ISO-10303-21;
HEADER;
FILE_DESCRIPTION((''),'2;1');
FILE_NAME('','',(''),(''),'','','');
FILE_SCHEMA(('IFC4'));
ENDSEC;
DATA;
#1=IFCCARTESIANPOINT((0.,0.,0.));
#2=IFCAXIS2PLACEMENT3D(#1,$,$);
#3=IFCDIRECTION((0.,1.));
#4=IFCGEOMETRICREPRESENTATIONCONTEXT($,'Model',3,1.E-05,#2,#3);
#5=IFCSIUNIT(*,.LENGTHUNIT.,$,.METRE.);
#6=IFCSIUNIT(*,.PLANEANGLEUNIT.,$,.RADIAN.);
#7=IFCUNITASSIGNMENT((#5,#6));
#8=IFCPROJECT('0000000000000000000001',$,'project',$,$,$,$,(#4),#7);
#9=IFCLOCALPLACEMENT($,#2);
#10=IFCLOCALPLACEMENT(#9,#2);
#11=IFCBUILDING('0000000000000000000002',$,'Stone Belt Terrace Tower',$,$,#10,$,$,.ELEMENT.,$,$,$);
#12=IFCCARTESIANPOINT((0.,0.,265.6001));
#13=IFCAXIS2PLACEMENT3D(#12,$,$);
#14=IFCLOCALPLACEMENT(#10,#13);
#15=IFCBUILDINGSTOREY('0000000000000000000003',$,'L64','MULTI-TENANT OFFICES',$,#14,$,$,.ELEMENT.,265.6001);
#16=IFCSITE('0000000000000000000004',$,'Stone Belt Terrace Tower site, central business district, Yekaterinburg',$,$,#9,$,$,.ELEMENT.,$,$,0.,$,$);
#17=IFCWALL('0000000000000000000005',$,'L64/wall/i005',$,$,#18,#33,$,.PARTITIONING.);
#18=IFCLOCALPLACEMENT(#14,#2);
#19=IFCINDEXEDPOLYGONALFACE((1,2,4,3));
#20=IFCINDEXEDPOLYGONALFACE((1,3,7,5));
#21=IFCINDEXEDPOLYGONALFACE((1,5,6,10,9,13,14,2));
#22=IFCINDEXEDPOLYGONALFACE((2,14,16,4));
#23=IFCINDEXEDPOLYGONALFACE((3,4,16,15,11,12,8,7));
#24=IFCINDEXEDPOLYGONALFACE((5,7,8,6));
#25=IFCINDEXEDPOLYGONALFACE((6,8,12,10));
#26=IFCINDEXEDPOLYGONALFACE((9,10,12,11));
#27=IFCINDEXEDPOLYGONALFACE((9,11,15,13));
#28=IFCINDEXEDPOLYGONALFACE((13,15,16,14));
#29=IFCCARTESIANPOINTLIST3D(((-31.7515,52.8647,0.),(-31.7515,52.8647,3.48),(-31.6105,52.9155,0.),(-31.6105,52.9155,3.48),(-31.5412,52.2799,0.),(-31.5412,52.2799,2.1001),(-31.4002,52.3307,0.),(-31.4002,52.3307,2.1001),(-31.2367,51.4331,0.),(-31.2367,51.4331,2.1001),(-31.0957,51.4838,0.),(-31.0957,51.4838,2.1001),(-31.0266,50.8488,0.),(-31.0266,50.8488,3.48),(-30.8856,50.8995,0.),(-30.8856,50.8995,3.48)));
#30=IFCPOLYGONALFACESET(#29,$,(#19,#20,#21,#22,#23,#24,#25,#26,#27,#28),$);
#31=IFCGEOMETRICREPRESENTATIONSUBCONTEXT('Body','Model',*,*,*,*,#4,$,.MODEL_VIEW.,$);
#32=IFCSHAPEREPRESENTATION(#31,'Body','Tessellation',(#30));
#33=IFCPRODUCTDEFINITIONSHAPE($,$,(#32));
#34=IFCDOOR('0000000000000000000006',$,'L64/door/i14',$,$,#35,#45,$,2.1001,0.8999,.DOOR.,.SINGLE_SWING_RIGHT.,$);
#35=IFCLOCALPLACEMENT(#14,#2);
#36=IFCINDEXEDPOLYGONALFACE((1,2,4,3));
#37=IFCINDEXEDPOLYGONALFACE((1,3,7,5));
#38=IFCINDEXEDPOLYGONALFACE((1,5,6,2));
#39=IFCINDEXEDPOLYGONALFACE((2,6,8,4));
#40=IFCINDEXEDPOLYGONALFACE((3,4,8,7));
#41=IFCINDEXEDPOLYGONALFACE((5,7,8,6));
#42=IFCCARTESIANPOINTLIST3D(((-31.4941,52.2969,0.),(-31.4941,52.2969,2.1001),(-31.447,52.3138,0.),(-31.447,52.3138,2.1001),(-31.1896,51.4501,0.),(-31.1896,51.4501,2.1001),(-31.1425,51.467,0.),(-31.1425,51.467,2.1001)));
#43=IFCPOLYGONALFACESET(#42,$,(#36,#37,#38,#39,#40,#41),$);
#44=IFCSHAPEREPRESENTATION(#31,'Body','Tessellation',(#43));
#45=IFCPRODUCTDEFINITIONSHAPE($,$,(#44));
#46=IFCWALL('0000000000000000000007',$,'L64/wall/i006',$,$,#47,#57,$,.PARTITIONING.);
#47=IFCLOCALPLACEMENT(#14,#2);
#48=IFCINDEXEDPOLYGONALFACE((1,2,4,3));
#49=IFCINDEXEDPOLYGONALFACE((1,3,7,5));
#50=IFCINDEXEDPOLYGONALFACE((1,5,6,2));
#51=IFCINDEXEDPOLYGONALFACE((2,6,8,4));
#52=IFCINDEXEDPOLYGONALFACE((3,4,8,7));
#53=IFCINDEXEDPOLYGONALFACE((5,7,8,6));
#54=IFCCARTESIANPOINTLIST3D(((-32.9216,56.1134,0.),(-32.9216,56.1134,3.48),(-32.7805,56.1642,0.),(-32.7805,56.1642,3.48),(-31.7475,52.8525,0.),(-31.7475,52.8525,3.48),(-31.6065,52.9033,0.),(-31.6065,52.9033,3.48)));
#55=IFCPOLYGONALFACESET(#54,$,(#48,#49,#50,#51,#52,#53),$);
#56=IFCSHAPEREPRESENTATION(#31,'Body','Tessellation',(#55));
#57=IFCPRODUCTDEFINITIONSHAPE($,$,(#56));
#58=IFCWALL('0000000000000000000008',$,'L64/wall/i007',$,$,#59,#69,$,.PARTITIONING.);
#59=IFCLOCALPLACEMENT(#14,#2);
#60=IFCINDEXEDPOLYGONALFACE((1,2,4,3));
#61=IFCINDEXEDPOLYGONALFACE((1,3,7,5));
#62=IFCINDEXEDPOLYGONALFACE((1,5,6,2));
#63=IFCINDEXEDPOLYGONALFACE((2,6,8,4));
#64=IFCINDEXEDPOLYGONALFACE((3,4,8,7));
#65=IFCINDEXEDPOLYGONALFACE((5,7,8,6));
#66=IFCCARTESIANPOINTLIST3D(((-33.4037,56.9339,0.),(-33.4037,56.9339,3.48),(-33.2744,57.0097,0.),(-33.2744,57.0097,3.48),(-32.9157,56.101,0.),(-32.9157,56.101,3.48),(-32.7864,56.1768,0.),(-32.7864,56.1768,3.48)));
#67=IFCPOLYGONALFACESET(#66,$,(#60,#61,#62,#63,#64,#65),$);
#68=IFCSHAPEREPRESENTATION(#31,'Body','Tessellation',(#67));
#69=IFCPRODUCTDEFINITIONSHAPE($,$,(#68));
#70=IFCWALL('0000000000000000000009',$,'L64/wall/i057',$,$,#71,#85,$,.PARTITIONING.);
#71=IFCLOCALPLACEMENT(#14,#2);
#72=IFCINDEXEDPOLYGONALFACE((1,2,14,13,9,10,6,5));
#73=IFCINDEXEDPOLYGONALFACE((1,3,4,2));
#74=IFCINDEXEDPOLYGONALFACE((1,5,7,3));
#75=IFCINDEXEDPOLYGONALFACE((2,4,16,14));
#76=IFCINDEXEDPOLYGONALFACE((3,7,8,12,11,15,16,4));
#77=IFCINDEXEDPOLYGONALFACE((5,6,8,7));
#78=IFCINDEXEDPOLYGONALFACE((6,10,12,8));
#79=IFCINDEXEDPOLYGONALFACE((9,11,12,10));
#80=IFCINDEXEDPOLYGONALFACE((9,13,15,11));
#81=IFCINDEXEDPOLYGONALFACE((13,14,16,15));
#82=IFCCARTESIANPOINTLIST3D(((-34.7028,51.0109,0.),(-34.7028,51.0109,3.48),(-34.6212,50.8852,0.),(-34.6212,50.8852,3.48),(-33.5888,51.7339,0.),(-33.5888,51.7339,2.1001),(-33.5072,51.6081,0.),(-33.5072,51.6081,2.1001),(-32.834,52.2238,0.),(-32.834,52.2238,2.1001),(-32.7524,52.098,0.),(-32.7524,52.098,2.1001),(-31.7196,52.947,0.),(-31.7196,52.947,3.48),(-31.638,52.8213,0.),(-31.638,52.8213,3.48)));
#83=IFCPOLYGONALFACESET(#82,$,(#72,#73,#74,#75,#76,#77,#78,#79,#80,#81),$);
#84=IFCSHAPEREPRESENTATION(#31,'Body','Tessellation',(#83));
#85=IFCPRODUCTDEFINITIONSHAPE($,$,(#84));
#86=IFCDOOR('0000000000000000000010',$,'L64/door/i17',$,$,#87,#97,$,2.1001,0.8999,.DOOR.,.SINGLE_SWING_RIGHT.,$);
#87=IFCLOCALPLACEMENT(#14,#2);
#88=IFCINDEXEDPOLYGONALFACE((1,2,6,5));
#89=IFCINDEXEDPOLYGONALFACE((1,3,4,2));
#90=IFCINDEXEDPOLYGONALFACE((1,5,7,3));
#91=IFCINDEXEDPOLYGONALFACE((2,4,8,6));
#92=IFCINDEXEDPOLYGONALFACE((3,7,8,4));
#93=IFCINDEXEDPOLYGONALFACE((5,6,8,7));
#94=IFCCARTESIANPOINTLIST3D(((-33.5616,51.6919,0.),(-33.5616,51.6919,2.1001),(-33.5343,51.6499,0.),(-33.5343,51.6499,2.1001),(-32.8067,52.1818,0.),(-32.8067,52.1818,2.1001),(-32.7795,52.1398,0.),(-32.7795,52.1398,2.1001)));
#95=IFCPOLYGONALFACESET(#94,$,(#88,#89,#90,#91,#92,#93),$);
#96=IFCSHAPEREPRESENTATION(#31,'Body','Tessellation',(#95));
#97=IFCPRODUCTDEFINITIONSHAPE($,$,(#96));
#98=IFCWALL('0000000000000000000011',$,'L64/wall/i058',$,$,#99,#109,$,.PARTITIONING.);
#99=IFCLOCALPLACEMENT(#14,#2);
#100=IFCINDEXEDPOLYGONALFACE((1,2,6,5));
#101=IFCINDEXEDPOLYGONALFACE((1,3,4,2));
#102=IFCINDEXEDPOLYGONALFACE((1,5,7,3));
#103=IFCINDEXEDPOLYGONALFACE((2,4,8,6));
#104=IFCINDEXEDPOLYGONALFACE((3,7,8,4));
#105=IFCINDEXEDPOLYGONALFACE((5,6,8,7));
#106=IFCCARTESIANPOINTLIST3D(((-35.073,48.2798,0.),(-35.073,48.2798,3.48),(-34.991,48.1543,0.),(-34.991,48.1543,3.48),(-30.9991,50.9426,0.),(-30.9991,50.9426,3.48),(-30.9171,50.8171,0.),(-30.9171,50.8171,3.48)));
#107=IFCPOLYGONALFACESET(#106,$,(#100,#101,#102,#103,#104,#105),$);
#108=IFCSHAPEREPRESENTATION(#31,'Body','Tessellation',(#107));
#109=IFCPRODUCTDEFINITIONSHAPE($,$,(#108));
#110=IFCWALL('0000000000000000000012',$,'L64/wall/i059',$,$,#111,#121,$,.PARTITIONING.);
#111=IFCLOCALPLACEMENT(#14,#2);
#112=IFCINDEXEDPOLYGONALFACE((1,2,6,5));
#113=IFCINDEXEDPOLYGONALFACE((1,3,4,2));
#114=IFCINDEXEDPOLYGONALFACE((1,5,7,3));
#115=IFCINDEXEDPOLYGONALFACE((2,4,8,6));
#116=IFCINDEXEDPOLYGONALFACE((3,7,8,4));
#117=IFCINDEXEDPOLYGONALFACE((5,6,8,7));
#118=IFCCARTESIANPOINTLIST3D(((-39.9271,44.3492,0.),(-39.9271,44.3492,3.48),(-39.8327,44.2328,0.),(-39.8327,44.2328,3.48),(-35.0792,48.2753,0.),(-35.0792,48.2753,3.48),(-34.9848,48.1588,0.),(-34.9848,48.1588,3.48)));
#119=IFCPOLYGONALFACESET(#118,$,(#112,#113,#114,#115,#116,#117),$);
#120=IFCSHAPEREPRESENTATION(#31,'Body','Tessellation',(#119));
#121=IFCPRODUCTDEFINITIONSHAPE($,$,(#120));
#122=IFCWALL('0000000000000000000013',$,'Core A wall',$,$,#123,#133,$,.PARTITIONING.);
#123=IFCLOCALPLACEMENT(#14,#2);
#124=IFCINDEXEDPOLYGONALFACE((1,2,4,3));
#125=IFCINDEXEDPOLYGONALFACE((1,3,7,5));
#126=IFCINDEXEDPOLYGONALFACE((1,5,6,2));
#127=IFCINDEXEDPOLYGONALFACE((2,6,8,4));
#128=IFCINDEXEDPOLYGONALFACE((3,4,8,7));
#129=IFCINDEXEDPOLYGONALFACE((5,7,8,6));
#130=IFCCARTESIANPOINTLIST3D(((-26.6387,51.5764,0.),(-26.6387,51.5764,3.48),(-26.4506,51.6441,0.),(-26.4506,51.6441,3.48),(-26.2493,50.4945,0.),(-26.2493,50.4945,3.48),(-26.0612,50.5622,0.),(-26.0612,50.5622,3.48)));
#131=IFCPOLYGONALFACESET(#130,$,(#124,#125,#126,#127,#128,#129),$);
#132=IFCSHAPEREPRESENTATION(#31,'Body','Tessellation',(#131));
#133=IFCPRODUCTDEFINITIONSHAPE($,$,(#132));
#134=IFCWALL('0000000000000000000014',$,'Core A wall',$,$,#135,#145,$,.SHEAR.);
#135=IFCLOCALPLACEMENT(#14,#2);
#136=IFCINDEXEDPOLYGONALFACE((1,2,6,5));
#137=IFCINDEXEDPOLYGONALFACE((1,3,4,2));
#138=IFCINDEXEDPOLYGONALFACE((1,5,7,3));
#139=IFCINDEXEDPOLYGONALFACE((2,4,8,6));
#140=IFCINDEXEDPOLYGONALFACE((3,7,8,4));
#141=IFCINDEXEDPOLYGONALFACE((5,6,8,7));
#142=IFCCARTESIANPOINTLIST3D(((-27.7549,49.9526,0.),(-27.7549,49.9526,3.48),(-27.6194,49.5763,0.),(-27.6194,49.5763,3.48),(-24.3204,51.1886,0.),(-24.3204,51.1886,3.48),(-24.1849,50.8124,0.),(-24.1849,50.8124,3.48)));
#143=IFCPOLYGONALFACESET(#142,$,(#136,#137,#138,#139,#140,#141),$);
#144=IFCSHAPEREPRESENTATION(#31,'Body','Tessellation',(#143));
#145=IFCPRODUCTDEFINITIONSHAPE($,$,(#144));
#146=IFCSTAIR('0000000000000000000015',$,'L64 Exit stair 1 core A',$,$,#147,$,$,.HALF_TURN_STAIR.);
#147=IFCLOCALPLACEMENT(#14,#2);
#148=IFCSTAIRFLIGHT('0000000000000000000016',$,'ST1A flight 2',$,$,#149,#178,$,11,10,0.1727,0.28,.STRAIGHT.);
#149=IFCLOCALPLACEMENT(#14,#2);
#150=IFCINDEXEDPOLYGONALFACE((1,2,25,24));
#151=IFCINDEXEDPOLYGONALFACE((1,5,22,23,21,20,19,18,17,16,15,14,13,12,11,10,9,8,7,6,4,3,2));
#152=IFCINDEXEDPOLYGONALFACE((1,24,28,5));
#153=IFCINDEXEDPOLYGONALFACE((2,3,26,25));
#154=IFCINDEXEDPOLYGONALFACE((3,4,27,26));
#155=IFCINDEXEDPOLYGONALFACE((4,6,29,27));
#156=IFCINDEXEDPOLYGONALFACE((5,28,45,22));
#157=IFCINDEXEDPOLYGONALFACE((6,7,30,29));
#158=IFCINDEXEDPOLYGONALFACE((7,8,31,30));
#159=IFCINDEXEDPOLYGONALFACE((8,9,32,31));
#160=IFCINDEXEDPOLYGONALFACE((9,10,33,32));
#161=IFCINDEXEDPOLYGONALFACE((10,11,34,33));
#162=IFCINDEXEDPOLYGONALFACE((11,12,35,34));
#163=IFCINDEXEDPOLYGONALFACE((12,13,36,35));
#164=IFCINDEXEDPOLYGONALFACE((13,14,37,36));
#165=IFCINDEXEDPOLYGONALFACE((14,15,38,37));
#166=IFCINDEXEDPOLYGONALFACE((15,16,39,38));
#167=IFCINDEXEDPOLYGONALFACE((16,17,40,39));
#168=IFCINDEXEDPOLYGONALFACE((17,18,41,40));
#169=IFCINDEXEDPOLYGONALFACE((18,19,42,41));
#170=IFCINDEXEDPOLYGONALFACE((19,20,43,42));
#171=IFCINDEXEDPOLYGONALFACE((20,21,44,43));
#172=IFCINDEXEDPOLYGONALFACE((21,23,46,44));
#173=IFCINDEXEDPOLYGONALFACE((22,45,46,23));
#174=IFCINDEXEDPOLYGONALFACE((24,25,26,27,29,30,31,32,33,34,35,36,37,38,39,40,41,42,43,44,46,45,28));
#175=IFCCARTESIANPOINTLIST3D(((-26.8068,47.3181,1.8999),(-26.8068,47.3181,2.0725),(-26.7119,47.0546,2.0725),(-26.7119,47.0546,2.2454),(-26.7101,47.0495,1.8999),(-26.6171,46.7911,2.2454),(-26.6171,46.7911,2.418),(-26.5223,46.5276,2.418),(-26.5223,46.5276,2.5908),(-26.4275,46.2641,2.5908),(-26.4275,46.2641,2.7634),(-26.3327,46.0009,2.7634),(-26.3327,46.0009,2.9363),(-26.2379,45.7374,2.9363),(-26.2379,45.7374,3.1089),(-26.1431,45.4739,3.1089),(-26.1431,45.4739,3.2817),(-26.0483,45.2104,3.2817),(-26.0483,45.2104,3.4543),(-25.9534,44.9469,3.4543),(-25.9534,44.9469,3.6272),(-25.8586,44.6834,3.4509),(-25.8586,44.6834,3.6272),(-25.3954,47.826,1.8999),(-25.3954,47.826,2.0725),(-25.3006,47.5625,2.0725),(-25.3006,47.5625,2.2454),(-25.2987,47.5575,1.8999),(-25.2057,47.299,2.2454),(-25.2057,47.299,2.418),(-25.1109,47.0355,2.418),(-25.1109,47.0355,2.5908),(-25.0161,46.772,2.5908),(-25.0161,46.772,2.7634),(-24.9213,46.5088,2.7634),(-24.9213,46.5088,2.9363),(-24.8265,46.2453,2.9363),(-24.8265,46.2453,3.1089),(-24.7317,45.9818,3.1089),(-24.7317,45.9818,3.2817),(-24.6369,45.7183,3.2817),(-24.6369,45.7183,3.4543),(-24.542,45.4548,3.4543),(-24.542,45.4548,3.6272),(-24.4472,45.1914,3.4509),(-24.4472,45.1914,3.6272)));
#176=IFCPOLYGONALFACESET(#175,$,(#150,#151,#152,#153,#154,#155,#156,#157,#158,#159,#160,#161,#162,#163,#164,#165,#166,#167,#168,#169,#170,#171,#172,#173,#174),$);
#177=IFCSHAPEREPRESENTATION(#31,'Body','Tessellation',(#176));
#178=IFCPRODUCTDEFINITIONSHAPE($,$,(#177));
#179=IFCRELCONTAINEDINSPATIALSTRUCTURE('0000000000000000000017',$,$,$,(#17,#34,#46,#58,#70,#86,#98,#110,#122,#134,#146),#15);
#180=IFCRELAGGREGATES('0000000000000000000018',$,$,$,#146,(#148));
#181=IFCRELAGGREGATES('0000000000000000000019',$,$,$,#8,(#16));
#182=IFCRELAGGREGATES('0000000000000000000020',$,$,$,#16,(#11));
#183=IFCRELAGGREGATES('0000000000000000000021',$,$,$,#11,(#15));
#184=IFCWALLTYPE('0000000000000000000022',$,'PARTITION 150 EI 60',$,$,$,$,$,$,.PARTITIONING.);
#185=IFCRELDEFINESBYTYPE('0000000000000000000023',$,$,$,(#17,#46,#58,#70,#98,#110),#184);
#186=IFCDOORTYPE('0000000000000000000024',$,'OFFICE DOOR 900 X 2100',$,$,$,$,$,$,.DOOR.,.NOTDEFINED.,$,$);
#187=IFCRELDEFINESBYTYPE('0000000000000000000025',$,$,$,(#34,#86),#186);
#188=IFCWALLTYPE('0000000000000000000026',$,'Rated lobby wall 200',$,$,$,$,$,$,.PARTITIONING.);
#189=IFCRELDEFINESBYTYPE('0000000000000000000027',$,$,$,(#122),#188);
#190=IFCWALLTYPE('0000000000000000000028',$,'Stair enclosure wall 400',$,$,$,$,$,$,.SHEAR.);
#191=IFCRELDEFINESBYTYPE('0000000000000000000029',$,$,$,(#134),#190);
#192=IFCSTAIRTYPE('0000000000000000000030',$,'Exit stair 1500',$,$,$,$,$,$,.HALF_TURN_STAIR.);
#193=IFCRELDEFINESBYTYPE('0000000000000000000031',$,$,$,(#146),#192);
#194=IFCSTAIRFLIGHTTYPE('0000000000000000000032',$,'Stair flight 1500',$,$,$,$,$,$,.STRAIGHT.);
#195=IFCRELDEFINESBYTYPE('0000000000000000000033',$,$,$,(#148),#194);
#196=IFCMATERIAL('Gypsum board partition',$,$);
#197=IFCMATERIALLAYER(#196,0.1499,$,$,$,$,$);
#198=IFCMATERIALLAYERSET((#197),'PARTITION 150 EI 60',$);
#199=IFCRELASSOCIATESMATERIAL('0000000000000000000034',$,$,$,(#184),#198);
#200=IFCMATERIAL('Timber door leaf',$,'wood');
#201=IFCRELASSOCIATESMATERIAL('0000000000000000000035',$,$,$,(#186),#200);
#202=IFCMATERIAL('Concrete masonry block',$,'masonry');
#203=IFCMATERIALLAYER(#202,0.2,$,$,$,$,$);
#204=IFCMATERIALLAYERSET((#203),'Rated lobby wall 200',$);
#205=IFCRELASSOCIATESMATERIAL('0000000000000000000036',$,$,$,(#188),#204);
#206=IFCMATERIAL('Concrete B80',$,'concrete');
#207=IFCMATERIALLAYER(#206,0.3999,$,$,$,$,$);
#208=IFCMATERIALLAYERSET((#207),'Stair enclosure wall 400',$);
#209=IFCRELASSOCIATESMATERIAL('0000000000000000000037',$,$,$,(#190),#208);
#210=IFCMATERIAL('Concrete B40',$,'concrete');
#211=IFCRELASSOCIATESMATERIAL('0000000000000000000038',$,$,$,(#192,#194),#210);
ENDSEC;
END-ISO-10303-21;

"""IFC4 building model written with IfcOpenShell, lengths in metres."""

from ifc_helpers import new_model, si_unit, direction, frame, frame_2d, origin, place, context, subcontext, project, spatial, polyline, rectangle, outline, extrude, material, layer, layer_set, type_object, element, fill, aggregate, save


model = new_model("IFC4")

# Units and contexts
model_context = context("Model", 3, precision=1e-05, world=origin(), true_north=direction((0.0, 1.0)))
body_context = subcontext(model_context, "Body", "Model", "MODEL_VIEW")
ifc_project = project(units=[si_unit("LENGTHUNIT", "METRE"), si_unit("PLANEANGLEUNIT", "RADIAN")], contexts=[model_context])

# Site, building, storey
site_placement = place(None, origin())
site = spatial("IfcSite", under=ifc_project, at=site_placement, Name="Stone Belt Terrace Tower site, central business district, Yekaterinburg", CompositionType="ELEMENT", RefElevation=0.0)
building_placement = place(site_placement, origin())
building = spatial("IfcBuilding", under=site, at=building_placement, Name="Stone Belt Terrace Tower", CompositionType="ELEMENT")
storey_placement = place(building_placement, frame((0.0, 0.0, 265.6001)))
storey = spatial("IfcBuildingStorey", under=building, at=storey_placement, Name="L64", Description="MULTI-TENANT OFFICES", CompositionType="ELEMENT", Elevation=265.6001)

# Wall, opening, door
ifc_material_1 = material(Name="Concrete B80", Category="concrete")
ifc_material_2 = material(Name="Gypsum board partition")
ifc_layer_1 = layer(ifc_material_2, 0.1499)
ifc_layer_set_1 = layer_set([ifc_layer_1], Name="PARTITION 150 EI 60")
wall_type_1 = type_object("IfcWallType", Name="PARTITION 150 EI 60", PredefinedType="PARTITIONING", material=ifc_layer_set_1)
ifc_material_3 = material(Name="Timber door leaf", Category="wood")
door_type_1 = type_object("IfcDoorType", Name="OFFICE DOOR 900 X 2100", OperationType="NOTDEFINED", PredefinedType="DOOR", material=ifc_material_3)
wall_1_placement = place(storey_placement, frame((-30.9561, 50.874, 0.0), z_axis=(0.0, 0.0, 1.0), x_axis=(-0.338364, 0.941015, 0.0)))
wall_1 = element("IfcWall", 1, at=wall_1_placement, inside=storey, type_object=wall_type_1, Name="L64/wall/i005", PredefinedType="PARTITIONING", context=body_context, shape_type="SweptSolid", body=[
    extrude(rectangle(XDim=2.1423, YDim=0.1499, at=frame_2d((1.0713, 0.0))), origin(), (0.0, 0.0, 1.0), 3.48),
])
opening_1_placement = place(wall_1_placement, frame((0.6211, 0.0, 0.0)))
opening_1 = element("IfcOpeningElement", 2, at=opening_1_placement, cuts=wall_1, PredefinedType="OPENING", context=body_context, shape_type="SweptSolid", body=[
    extrude(rectangle(XDim=0.8999, YDim=2.1001, at=frame_2d((0.45, 1.05))), frame((0.0, 0.085, 0.0), z_axis=(0.0, -1.0, 0.0), x_axis=(1.0, 0.0, 0.0)), (0.0, 0.0, 1.0), 0.1699),
])
door_1_placement = place(opening_1_placement, origin())
door_1 = element("IfcDoor", 3, at=door_1_placement, inside=storey, type_object=door_type_1, Name="L64/door/i14", OperationType="SINGLE_SWING_RIGHT", OverallHeight=2.1001, OverallWidth=0.8999, PredefinedType="DOOR", context=body_context, shape_type="SweptSolid", body=[
    extrude(rectangle(XDim=0.8999, YDim=2.1001, at=frame_2d((0.45, 1.05))), frame((0.0, 0.0249, 0.0), z_axis=(0.0, -1.0, 0.0), x_axis=(1.0, 0.0, 0.0)), (0.0, 0.0, 1.0), 0.05),
])
fill(opening_1, door_1)

# Walls
wall_2_placement = place(storey_placement, frame((-31.677, 52.8779, 0.0), z_axis=(0.0, 0.0, 1.0), x_axis=(-0.338749, 0.940877, 0.0)))
element("IfcWall", 4, at=wall_2_placement, inside=storey, type_object=wall_type_1, Name="L64/wall/i006", PredefinedType="PARTITIONING", context=body_context, shape_type="SweptSolid", body=[
    extrude(rectangle(XDim=3.4658, YDim=0.1499, at=frame_2d((1.7329, 0.0))), origin(), (0.0, 0.0, 1.0), 3.48),
])
wall_3_placement = place(storey_placement, frame((-32.8511, 56.1389, 0.0), z_axis=(0.0, 0.0, 1.0), x_axis=(-0.505505, 0.862823, 0.0)))
element("IfcWall", 5, at=wall_3_placement, inside=storey, type_object=wall_type_1, Name="L64/wall/i007", PredefinedType="PARTITIONING", context=body_context, shape_type="SweptSolid", body=[
    extrude(rectangle(XDim=0.9653, YDim=0.1499, at=frame_2d((0.4827, 0.0))), origin(), (0.0, 0.0, 1.0), 3.48),
])

# Wall, opening, door
wall_4_placement = place(storey_placement, frame((-34.6621, 50.948, 0.0), z_axis=(0.0, 0.0, 1.0), x_axis=(0.838831, 0.544392, 0.0)))
wall_4 = element("IfcWall", 6, at=wall_4_placement, inside=storey, type_object=wall_type_1, Name="L64/wall/i057", PredefinedType="PARTITIONING", context=body_context, shape_type="SweptSolid", body=[
    extrude(rectangle(XDim=3.5564, YDim=0.1499, at=frame_2d((1.7783, 0.0))), origin(), (0.0, 0.0, 1.0), 3.48),
])
opening_2_placement = place(wall_4_placement, frame((1.3281, 0.0, 0.0)))
opening_2 = element("IfcOpeningElement", 7, at=opening_2_placement, cuts=wall_4, PredefinedType="OPENING", context=body_context, shape_type="SweptSolid", body=[
    extrude(rectangle(XDim=0.8999, YDim=2.1001, at=frame_2d((0.45, 1.05))), frame((0.0, 0.085, 0.0), z_axis=(0.0, -1.0, 0.0), x_axis=(1.0, 0.0, 0.0)), (0.0, 0.0, 1.0), 0.1699),
])
door_2_placement = place(opening_2_placement, origin())
door_2 = element("IfcDoor", 8, at=door_2_placement, inside=storey, type_object=door_type_1, Name="L64/door/i17", OperationType="SINGLE_SWING_RIGHT", OverallHeight=2.1001, OverallWidth=0.8999, PredefinedType="DOOR", context=body_context, shape_type="SweptSolid", body=[
    extrude(rectangle(XDim=0.8999, YDim=2.1001, at=frame_2d((0.45, 1.05))), frame((0.0, 0.0249, 0.0), z_axis=(0.0, -1.0, 0.0), x_axis=(1.0, 0.0, 0.0)), (0.0, 0.0, 1.0), 0.05),
])
fill(opening_2, door_2)

# Walls
wall_5_placement = place(storey_placement, frame((-30.958, 50.8799, 0.0), z_axis=(0.0, 0.0, 1.0), x_axis=(-0.837055, -0.547118, 0.0)))
element("IfcWall", 9, at=wall_5_placement, inside=storey, type_object=wall_type_1, Name="L64/wall/i058", PredefinedType="PARTITIONING", context=body_context, shape_type="SweptSolid", body=[
    extrude(rectangle(XDim=4.8669, YDim=0.1499, at=frame_2d((2.4336, 0.0))), origin(), (0.0, 0.0, 1.0), 3.48),
])
wall_6_placement = place(storey_placement, frame((-35.032, 48.217, 0.0), z_axis=(0.0, 0.0, 1.0), x_axis=(-0.777125, -0.629347, 0.0)))
element("IfcWall", 10, at=wall_6_placement, inside=storey, type_object=wall_type_1, Name="L64/wall/i059", PredefinedType="PARTITIONING", context=body_context, shape_type="SweptSolid", body=[
    extrude(rectangle(XDim=6.2383, YDim=0.1499, at=frame_2d((3.1191, 0.0))), origin(), (0.0, 0.0, 1.0), 3.48),
])
ifc_material_4 = material(Name="Concrete masonry block", Category="masonry")
ifc_layer_2 = layer(ifc_material_4, 0.2)
ifc_layer_set_2 = layer_set([ifc_layer_2], Name="Rated lobby wall 200")
wall_type_2 = type_object("IfcWallType", Name="Rated lobby wall 200", PredefinedType="PARTITIONING", material=ifc_layer_set_2)
wall_7_placement = place(storey_placement, frame((-26.1553, 50.5283, 0.0), z_axis=(0.0, 0.0, 1.0), x_axis=(-0.338622, 0.940923, 0.0)))
element("IfcWall", 11, at=wall_7_placement, inside=storey, type_object=wall_type_2, Name="Core A wall", PredefinedType="PARTITIONING", context=body_context, shape_type="SweptSolid", body=[
    extrude(rectangle(XDim=1.1499, YDim=0.2, at=frame_2d((0.575, 0.0))), origin(), (0.0, 0.0, 1.0), 3.48),
])
ifc_layer_3 = layer(ifc_material_1, 0.3999)
ifc_layer_set_3 = layer_set([ifc_layer_3], Name="Stair enclosure wall 400")
wall_type_3 = type_object("IfcWallType", Name="Stair enclosure wall 400", PredefinedType="SHEAR", material=ifc_layer_set_3)
wall_8_placement = place(storey_placement, frame((-27.6873, 49.7644, 0.0), z_axis=(0.0, 0.0, 1.0), x_axis=(0.940919, 0.338632, 0.0)))
element("IfcWall", 12, at=wall_8_placement, inside=storey, type_object=wall_type_3, Name="Core A wall", PredefinedType="SHEAR", context=body_context, shape_type="SweptSolid", body=[
    extrude(rectangle(XDim=3.6501, YDim=0.3999, at=frame_2d((1.8252, 0.0))), origin(), (0.0, 0.0, 1.0), 3.48),
])

# Stair, stair flight
ifc_material_5 = material(Name="Concrete B40", Category="concrete")
stair_type = type_object("IfcStairType", Name="Exit stair 1500", PredefinedType="HALF_TURN_STAIR", material=ifc_material_5)
stair_placement = place(storey_placement, origin())
stair = element("IfcStair", 13, at=stair_placement, inside=storey, type_object=stair_type, Name="L64 Exit stair 1 core A", PredefinedType="HALF_TURN_STAIR")
stair_flight_type = type_object("IfcStairFlightType", Name="Stair flight 1500", PredefinedType="STRAIGHT", material=ifc_material_5)
stair_flight_placement = place(storey_placement, frame((-26.1011, 47.572, 1.8999), z_axis=(0.0, 0.0, 1.0), x_axis=(0.338624, -0.940922, 0.0)))
stair_flight = element("IfcStairFlight", 14, at=stair_flight_placement, type_object=stair_flight_type, Name="ST1A flight 2", NumberOfRisers=11, NumberOfTreads=10, PredefinedType="STRAIGHT", RiserHeight=0.1727, TreadLength=0.28, context=body_context, shape_type="SweptSolid", body=[
    extrude(outline(polyline([(0.0, 0.0), (0.0, 0.1726), (0.28, 0.1726), (0.28, 0.3455), (0.5601, 0.3455), (0.5601, 0.5181), (0.8401, 0.5181), (0.8401, 0.6909), (1.1201, 0.6909), (1.1201, 0.8635), (1.3999, 0.8635), (1.3999, 1.0364), (1.6799, 1.0364), (1.6799, 1.209), (1.96, 1.209), (1.96, 1.3818), (2.24, 1.3818), (2.24, 1.5544), (2.52, 1.5544), (2.52, 1.7273), (2.8, 1.7273), (2.8, 1.8999), (2.8, 1.551), (0.2854, 0.0), (0.0, 0.0)])), frame((0.0, 0.75, 0.0), z_axis=(0.0, -1.0, 0.0), x_axis=(1.0, 0.0, 0.0)), (0.0, 0.0, 1.0), 1.5),
])
aggregate(stair, [stair_flight])

save(model, "model.ifc")
